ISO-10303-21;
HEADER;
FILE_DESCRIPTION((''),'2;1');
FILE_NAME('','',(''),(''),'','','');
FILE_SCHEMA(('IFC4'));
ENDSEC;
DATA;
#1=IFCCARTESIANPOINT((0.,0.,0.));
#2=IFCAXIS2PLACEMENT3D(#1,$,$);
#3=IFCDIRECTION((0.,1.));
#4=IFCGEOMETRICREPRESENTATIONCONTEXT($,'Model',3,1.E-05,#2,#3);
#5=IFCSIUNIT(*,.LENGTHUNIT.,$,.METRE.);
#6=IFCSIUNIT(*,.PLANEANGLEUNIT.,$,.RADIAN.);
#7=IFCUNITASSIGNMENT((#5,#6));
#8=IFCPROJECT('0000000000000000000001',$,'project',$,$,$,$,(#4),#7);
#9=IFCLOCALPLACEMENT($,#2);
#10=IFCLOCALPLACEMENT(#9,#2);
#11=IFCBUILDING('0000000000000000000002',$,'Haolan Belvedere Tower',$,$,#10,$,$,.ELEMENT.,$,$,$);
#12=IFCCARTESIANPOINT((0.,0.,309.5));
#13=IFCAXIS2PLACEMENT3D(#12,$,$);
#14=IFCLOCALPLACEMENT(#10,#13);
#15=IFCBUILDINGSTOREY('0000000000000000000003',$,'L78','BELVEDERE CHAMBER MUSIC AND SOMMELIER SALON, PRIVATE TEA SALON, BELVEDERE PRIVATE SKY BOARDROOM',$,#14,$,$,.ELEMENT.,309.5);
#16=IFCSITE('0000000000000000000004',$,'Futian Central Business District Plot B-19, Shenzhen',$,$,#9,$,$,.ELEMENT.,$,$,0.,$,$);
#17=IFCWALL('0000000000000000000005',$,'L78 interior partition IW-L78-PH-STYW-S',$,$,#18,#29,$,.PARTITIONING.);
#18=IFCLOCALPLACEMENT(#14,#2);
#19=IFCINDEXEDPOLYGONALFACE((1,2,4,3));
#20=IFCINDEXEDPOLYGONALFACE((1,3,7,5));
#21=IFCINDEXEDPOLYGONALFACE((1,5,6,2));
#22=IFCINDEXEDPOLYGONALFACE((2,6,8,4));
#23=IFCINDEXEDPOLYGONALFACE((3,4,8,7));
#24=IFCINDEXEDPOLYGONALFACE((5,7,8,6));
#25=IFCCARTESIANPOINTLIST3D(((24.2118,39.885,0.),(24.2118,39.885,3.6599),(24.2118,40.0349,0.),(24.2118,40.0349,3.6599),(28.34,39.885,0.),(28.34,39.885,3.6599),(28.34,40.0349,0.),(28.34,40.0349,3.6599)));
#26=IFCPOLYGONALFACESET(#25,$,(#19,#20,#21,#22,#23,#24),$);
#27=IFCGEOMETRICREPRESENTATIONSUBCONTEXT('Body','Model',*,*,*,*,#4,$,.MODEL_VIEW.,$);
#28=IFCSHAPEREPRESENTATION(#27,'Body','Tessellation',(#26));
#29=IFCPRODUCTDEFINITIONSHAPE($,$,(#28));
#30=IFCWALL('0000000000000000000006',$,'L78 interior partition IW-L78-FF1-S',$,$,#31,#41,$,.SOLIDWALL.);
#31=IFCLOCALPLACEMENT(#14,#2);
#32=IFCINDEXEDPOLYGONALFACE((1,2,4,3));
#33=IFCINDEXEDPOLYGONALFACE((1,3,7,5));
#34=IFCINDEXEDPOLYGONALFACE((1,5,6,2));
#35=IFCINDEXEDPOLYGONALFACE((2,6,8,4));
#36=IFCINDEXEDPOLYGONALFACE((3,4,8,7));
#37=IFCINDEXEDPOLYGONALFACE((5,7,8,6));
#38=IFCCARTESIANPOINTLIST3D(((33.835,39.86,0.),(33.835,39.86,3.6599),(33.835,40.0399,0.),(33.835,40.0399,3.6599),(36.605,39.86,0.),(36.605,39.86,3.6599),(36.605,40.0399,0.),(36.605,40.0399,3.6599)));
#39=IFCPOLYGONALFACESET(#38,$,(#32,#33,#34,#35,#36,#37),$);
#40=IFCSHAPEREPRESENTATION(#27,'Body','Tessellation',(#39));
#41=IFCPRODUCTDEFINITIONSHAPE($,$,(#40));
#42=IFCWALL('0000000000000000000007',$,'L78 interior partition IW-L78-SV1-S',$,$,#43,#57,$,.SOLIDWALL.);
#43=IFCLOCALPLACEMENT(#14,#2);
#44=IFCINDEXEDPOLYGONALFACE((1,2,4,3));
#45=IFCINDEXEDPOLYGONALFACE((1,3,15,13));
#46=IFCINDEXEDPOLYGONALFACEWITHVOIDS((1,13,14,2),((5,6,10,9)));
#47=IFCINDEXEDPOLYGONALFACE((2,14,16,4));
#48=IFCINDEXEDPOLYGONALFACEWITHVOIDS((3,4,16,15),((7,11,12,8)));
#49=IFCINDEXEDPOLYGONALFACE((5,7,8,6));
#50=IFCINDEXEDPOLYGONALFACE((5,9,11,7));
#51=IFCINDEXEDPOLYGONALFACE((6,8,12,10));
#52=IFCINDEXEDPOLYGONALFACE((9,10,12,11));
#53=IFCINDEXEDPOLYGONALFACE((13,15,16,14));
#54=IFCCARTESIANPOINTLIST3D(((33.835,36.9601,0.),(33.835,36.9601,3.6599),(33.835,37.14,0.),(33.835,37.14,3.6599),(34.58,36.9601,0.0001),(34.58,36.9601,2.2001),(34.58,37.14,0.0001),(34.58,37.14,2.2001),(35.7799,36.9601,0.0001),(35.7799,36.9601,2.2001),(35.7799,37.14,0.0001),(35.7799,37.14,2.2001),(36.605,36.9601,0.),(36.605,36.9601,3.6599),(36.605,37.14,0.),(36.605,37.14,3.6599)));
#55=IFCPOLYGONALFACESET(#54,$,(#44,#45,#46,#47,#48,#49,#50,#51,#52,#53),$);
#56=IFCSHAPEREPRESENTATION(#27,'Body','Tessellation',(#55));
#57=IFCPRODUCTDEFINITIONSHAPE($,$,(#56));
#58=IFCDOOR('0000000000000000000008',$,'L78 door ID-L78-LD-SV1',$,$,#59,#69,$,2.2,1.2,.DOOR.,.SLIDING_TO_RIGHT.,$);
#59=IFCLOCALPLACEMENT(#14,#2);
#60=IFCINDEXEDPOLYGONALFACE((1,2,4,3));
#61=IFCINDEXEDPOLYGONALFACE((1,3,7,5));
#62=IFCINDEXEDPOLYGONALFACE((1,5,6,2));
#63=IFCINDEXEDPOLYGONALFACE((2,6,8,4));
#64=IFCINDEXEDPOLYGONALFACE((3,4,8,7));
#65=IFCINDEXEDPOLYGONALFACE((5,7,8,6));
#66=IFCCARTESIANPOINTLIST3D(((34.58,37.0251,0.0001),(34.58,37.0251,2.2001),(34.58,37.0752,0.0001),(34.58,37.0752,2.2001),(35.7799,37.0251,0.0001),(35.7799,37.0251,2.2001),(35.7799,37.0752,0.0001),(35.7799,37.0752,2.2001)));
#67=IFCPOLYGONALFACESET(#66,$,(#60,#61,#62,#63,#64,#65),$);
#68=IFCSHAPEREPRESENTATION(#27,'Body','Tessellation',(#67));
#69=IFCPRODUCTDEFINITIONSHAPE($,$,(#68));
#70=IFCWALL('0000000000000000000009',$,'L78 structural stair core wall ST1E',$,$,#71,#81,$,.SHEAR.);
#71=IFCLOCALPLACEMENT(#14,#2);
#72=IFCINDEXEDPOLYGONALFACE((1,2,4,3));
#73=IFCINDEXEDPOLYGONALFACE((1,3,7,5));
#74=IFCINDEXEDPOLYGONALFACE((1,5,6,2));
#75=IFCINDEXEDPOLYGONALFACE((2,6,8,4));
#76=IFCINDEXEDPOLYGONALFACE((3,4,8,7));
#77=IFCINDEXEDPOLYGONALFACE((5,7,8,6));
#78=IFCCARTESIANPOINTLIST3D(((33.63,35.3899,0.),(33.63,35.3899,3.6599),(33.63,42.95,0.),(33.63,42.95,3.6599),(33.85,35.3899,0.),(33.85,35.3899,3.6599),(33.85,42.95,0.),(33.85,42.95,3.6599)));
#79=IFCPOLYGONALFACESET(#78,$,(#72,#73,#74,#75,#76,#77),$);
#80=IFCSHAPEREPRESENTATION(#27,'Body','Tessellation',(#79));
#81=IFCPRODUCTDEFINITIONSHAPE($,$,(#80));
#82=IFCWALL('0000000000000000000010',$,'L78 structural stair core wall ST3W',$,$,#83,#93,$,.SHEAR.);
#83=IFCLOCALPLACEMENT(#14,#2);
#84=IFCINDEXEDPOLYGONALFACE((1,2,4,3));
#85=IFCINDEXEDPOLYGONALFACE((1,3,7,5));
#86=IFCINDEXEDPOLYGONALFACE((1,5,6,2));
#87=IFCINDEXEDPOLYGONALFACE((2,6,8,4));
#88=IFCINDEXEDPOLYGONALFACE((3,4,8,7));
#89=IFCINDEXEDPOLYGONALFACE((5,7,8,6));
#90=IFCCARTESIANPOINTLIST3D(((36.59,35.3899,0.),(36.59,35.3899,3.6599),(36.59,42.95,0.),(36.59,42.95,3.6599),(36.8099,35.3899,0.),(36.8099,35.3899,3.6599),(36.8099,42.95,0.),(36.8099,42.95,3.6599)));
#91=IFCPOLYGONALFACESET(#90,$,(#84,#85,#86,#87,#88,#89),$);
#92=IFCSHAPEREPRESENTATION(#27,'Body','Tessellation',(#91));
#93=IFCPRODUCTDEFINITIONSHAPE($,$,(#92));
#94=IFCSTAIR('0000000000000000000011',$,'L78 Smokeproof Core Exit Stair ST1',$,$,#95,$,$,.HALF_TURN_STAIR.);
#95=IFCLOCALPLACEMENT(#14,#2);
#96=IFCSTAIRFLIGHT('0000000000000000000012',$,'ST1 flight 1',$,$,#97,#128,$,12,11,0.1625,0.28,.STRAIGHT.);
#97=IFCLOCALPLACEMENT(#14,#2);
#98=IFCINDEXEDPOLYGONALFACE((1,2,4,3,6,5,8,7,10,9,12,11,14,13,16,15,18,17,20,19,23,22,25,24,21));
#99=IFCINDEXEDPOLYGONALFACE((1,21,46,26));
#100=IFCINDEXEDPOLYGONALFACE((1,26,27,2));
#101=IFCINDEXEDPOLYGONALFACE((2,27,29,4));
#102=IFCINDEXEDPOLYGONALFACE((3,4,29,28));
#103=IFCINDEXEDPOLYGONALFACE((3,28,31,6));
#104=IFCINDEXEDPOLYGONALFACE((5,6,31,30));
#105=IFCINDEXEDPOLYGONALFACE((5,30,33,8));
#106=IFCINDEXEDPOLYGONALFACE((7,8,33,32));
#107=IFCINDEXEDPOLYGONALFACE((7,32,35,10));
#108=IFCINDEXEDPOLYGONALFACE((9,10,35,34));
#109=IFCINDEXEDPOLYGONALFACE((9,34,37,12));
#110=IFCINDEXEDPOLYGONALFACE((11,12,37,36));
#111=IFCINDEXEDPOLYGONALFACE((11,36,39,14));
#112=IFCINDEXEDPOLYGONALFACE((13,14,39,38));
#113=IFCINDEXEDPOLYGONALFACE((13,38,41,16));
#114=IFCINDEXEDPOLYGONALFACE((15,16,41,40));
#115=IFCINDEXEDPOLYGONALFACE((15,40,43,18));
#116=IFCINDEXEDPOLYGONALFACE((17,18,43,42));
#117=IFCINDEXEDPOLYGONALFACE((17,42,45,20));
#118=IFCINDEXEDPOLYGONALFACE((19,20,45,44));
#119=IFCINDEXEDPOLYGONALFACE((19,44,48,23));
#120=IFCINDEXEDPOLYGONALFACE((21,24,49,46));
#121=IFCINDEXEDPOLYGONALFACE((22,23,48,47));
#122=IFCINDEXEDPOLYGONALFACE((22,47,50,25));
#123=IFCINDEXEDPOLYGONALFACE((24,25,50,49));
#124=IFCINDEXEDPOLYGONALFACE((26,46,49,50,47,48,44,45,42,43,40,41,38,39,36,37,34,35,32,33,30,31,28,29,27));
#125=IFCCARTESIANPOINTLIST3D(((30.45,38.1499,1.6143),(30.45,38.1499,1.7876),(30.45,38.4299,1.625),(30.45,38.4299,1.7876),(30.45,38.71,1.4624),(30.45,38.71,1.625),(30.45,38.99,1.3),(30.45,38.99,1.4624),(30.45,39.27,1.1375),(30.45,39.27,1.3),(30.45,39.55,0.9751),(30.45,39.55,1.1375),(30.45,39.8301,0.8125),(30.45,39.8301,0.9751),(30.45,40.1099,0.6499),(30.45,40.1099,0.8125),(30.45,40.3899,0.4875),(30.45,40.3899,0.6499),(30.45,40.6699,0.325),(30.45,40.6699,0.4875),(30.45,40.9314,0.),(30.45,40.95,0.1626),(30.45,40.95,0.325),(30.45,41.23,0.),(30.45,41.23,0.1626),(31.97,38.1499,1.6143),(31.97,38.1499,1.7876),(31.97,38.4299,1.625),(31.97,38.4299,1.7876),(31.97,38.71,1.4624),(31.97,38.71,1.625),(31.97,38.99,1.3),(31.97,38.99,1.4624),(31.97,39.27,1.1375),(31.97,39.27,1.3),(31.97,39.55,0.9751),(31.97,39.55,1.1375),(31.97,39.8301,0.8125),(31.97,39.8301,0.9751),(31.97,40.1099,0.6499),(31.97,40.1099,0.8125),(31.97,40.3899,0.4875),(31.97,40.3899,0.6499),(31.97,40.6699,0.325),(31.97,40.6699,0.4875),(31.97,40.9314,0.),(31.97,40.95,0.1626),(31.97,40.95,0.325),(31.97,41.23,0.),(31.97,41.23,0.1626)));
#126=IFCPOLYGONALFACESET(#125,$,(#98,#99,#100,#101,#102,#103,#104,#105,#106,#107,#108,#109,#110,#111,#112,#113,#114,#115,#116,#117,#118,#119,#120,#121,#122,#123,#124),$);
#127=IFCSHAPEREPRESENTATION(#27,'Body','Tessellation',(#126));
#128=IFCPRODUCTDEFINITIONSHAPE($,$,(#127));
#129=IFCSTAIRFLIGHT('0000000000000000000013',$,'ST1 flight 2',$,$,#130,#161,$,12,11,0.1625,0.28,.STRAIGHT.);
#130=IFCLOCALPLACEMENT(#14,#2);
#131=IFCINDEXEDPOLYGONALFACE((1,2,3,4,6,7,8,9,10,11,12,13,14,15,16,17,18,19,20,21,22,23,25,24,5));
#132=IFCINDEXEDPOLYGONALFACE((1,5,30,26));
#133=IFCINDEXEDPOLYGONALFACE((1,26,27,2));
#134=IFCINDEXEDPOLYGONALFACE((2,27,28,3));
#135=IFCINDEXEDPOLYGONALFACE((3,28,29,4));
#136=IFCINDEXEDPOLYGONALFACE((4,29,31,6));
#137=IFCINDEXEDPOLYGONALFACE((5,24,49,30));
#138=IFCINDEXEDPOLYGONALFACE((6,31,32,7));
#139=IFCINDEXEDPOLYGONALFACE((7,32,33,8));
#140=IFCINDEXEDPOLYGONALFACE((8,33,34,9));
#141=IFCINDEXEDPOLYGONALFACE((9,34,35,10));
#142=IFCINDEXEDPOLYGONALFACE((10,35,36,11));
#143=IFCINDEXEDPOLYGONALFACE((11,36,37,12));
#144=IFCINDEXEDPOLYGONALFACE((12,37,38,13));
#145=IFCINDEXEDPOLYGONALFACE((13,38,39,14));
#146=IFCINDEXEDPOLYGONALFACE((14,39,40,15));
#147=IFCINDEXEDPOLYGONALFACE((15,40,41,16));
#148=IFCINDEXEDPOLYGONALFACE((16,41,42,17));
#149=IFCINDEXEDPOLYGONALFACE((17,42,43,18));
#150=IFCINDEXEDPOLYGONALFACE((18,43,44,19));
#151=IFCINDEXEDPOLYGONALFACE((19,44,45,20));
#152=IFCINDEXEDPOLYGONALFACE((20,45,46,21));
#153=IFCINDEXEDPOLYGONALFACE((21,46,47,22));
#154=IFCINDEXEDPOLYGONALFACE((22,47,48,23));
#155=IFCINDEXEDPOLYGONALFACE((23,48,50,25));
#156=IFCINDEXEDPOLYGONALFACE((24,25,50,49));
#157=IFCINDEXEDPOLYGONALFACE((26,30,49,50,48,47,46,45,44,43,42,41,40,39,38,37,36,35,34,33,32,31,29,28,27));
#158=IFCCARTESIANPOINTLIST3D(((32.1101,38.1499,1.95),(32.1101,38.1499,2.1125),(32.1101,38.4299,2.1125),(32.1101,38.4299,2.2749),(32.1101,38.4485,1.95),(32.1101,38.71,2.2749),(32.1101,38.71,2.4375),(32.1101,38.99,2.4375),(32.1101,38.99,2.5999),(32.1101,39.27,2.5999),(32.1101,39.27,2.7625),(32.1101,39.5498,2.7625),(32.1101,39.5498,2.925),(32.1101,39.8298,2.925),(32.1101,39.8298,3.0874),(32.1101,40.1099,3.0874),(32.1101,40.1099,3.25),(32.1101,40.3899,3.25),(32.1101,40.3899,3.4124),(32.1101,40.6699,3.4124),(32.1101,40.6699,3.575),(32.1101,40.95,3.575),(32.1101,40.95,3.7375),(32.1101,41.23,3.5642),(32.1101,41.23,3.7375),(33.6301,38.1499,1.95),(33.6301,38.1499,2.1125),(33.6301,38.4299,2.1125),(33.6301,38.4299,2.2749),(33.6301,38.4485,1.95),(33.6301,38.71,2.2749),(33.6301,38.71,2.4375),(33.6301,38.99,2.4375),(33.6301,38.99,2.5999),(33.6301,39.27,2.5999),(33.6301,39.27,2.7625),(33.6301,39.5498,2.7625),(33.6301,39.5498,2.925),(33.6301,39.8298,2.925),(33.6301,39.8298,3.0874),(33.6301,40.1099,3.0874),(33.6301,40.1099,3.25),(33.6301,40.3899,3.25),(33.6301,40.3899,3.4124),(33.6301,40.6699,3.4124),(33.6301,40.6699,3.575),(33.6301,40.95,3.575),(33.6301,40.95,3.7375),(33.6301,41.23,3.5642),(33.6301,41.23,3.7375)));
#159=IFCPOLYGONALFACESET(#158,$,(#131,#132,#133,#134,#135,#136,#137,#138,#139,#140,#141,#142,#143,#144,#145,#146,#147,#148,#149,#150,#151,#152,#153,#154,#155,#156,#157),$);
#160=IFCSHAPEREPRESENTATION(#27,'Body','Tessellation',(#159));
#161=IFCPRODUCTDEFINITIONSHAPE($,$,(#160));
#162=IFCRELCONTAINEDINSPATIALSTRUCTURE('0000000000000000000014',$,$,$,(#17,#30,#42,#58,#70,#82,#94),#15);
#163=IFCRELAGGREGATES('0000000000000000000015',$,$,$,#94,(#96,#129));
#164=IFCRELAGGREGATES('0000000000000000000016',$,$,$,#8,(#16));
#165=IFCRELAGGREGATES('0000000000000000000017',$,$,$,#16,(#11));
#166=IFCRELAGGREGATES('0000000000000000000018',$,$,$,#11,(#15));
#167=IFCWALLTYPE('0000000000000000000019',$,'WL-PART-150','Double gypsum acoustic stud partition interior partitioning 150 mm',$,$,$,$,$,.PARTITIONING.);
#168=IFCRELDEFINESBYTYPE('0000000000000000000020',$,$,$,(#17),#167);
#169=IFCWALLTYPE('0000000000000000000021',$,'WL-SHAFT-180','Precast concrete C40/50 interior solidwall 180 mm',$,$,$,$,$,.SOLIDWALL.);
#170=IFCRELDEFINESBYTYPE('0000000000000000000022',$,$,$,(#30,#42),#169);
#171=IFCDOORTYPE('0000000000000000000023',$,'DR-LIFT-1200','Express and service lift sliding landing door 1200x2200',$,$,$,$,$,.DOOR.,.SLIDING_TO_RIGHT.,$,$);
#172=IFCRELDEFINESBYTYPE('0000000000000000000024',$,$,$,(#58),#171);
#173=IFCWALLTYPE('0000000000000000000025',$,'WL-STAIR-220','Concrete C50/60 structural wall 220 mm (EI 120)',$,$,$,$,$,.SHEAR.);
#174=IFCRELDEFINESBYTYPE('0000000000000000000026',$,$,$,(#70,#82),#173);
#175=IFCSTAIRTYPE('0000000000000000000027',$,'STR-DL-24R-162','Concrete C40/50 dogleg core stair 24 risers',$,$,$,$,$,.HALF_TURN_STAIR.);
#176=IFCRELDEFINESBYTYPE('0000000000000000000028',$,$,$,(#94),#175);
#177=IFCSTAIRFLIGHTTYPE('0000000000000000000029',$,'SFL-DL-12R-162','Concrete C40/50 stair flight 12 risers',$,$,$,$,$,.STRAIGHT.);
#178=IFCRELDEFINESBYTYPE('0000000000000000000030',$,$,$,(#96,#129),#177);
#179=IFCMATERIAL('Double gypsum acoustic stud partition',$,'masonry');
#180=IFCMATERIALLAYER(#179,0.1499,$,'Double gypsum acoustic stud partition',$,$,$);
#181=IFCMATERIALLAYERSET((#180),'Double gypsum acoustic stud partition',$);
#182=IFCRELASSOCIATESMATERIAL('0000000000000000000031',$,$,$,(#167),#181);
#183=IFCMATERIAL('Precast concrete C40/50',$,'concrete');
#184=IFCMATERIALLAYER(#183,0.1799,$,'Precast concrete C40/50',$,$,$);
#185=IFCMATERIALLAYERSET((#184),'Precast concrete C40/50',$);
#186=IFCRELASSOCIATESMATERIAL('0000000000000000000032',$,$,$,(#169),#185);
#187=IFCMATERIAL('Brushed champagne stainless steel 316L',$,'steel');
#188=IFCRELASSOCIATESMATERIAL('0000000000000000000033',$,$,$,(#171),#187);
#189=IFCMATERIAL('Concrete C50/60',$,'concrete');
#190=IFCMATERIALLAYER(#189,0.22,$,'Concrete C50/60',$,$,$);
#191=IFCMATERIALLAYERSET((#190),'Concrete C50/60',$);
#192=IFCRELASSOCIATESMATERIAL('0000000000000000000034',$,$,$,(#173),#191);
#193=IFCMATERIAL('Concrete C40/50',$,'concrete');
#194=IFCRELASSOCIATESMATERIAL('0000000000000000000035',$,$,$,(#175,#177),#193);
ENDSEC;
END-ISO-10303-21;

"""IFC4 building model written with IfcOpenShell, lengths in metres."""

from ifc_helpers import new_model, si_unit, direction, frame, frame_2d, origin, place, context, subcontext, project, spatial, polyline, rectangle, outline, extrude, material, layer, layer_set, type_object, element, fill, aggregate, save


model = new_model("IFC4")

# Units and contexts
model_context = context("Model", 3, precision=1e-05, world=origin(), true_north=direction((0.0, 1.0)))
body_context = subcontext(model_context, "Body", "Model", "MODEL_VIEW")
ifc_project = project(units=[si_unit("LENGTHUNIT", "METRE"), si_unit("PLANEANGLEUNIT", "RADIAN")], contexts=[model_context])

# Site, building, storey
site_placement = place(None, origin())
site = spatial("IfcSite", under=ifc_project, at=site_placement, Name="Futian Central Business District Plot B-19, Shenzhen", CompositionType="ELEMENT", RefElevation=0.0)
building_placement = place(site_placement, origin())
building = spatial("IfcBuilding", under=site, at=building_placement, Name="Haolan Belvedere Tower", CompositionType="ELEMENT")
storey_placement = place(building_placement, frame((0.0, 0.0, 309.5)))
storey = spatial("IfcBuildingStorey", under=building, at=storey_placement, Name="L78", Description="BELVEDERE CHAMBER MUSIC AND SOMMELIER SALON, PRIVATE TEA SALON, BELVEDERE PRIVATE SKY BOARDROOM", CompositionType="ELEMENT", Elevation=309.5)

# Shared definitions
ifc_material_1 = material(Name="Concrete C50/60", Category="concrete")

# Shared definitions
ifc_material_2 = material(Name="Precast concrete C40/50", Category="concrete")

# Wall
ifc_material_3 = material(Name="Double gypsum acoustic stud partition", Category="masonry")
ifc_layer_1 = layer(ifc_material_3, 0.1499, Name="Double gypsum acoustic stud partition")
ifc_layer_set_1 = layer_set([ifc_layer_1], Name="Double gypsum acoustic stud partition")
wall_type_1 = type_object("IfcWallType", Name="WL-PART-150", Description="Double gypsum acoustic stud partition interior partitioning 150 mm", PredefinedType="PARTITIONING", material=ifc_layer_set_1)
for number, where, z_axis, x_axis, name in (
    (1, (24.2119, 39.96, 0.0), (0.0, 0.0, 1.0), (1.0, 0.0, 0.0), "L78 interior partition IW-L78-PH-STYW-S"),
):
    element("IfcWall", number, at=place(storey_placement, frame(where, z_axis=z_axis, x_axis=x_axis)), inside=storey, type_object=wall_type_1, Name=name, PredefinedType="PARTITIONING", context=body_context, shape_type="SweptSolid", body=[
        extrude(rectangle(XDim=4.1282, YDim=0.1499, at=frame_2d((2.064, 0.0))), origin(), (0.0, 0.0, 1.0), 3.6599),
    ])

# Wall
ifc_layer_2 = layer(ifc_material_2, 0.1799, Name="Precast concrete C40/50")
ifc_layer_set_2 = layer_set([ifc_layer_2], Name="Precast concrete C40/50")
wall_type_2 = type_object("IfcWallType", Name="WL-SHAFT-180", Description="Precast concrete C40/50 interior solidwall 180 mm", PredefinedType="SOLIDWALL", material=ifc_layer_set_2)
wall_1_placement = place(storey_placement, frame((33.835, 39.95, 0.0), z_axis=(0.0, 0.0, 1.0), x_axis=(1.0, 0.0, 0.0)))
element("IfcWall", 2, at=wall_1_placement, inside=storey, type_object=wall_type_2, Name="L78 interior partition IW-L78-FF1-S", PredefinedType="SOLIDWALL", context=body_context, shape_type="SweptSolid", body=[
    extrude(rectangle(XDim=2.77, YDim=0.1799, at=frame_2d((1.385, 0.0))), origin(), (0.0, 0.0, 1.0), 3.6599),
])

# Wall, opening, door
wall_2_placement = place(storey_placement, frame((33.835, 37.05, 0.0), z_axis=(0.0, 0.0, 1.0), x_axis=(1.0, 0.0, 0.0)))
wall_2 = element("IfcWall", 3, at=wall_2_placement, inside=storey, type_object=wall_type_2, Name="L78 interior partition IW-L78-SV1-S", PredefinedType="SOLIDWALL", context=body_context, shape_type="SweptSolid", body=[
    extrude(rectangle(XDim=2.77, YDim=0.1799, at=frame_2d((1.385, 0.0))), origin(), (0.0, 0.0, 1.0), 3.6599),
])
opening_1_placement = place(wall_2_placement, frame((1.9451, 0.0, 0.0), z_axis=(0.0, 0.0, 1.0), x_axis=(-1.0, 0.0, 0.0)))
opening_1 = element("IfcOpeningElement", 4, at=opening_1_placement, cuts=wall_2, PredefinedType="OPENING", context=body_context, shape_type="SweptSolid", body=[
    extrude(rectangle(XDim=1.2, YDim=2.2, at=frame_2d((0.6001, 1.1001))), frame((0.0, 0.0999, 0.0), z_axis=(0.0, -1.0, 0.0), x_axis=(1.0, 0.0, 0.0)), (0.0, 0.0, 1.0), 0.2),
])
ifc_material_4 = material(Name="Brushed champagne stainless steel 316L", Category="steel")
door_type_1 = type_object("IfcDoorType", Name="DR-LIFT-1200", Description="Express and service lift sliding landing door 1200x2200", OperationType="SLIDING_TO_RIGHT", PredefinedType="DOOR", material=ifc_material_4)
door_1_placement = place(opening_1_placement, origin())
door_1 = element("IfcDoor", 5, at=door_1_placement, inside=storey, type_object=door_type_1, Name="L78 door ID-L78-LD-SV1", OperationType="SLIDING_TO_RIGHT", OverallHeight=2.2, OverallWidth=1.2, PredefinedType="DOOR", context=body_context, shape_type="SweptSolid", body=[
    extrude(rectangle(XDim=1.2, YDim=2.2, at=frame_2d((0.6001, 1.1001))), frame((0.0, 0.0249, 0.0), z_axis=(0.0, -1.0, 0.0), x_axis=(1.0, 0.0, 0.0)), (0.0, 0.0, 1.0), 0.05),
])
fill(opening_1, door_1)

# Walls
ifc_layer_3 = layer(ifc_material_1, 0.22, Name="Concrete C50/60")
ifc_layer_set_3 = layer_set([ifc_layer_3], Name="Concrete C50/60")
wall_type_3 = type_object("IfcWallType", Name="WL-STAIR-220", Description="Concrete C50/60 structural wall 220 mm (EI 120)", PredefinedType="SHEAR", material=ifc_layer_set_3)
for number, where, z_axis, x_axis, name in (
    (6, (33.74, 35.3899, 0.0), (0.0, 0.0, 1.0), (0.0, 1.0, 0.0), "L78 structural stair core wall ST1E"),
    (7, (36.7, 35.3899, 0.0), (0.0, 0.0, 1.0), (0.0, 1.0, 0.0), "L78 structural stair core wall ST3W"),
):
    element("IfcWall", number, at=place(storey_placement, frame(where, z_axis=z_axis, x_axis=x_axis)), inside=storey, type_object=wall_type_3, Name=name, PredefinedType="SHEAR", context=body_context, shape_type="SweptSolid", body=[
        extrude(rectangle(XDim=7.5601, YDim=0.22, at=frame_2d((3.78, 0.0))), origin(), (0.0, 0.0, 1.0), 3.6599),
    ])

# Stair, stair flights
ifc_material_5 = material(Name="Concrete C40/50", Category="concrete")
stair_type = type_object("IfcStairType", Name="STR-DL-24R-162", Description="Concrete C40/50 dogleg core stair 24 risers", PredefinedType="HALF_TURN_STAIR", material=ifc_material_5)
stair_1_placement = place(storey_placement, origin())
stair_1 = element("IfcStair", 8, at=stair_1_placement, inside=storey, type_object=stair_type, Name="L78 Smokeproof Core Exit Stair ST1", PredefinedType="HALF_TURN_STAIR")
stair_flight_type = type_object("IfcStairFlightType", Name="SFL-DL-12R-162", Description="Concrete C40/50 stair flight 12 risers", PredefinedType="STRAIGHT", material=ifc_material_5)
stair_flight_1_placement = place(storey_placement, frame((31.21, 41.23, 0.0), z_axis=(0.0, 0.0, 1.0), x_axis=(0.0, -1.0, 0.0)))
stair_flight_1 = element("IfcStairFlight", 9, at=stair_flight_1_placement, type_object=stair_flight_type, Name="ST1 flight 1", NumberOfRisers=12, NumberOfTreads=11, PredefinedType="STRAIGHT", RiserHeight=0.1625, TreadLength=0.28, context=body_context, shape_type="SweptSolid", body=[
    extrude(outline(polyline([(0.0, 0.0), (0.0, 0.1626), (0.28, 0.1626), (0.28, 0.325), (0.5601, 0.325), (0.5601, 0.4875), (0.8401, 0.4875), (0.8401, 0.6499), (1.1201, 0.6499), (1.1201, 0.8125), (1.3999, 0.8125), (1.3999, 0.9751), (1.6799, 0.9751), (1.6799, 1.1375), (1.96, 1.1375), (1.96, 1.3), (2.24, 1.3), (2.24, 1.4624), (2.52, 1.4624), (2.52, 1.625), (2.8, 1.625), (2.8, 1.7876), (3.0801, 1.7876), (3.0801, 1.95), (3.0801, 1.6143), (0.2986, 0.0), (0.0, 0.0)])), frame((0.0, 0.76, 0.0), z_axis=(0.0, -1.0, 0.0), x_axis=(1.0, 0.0, 0.0)), (0.0, 0.0, 1.0), 1.52),
])
stair_flight_2_placement = place(storey_placement, frame((32.8701, 38.1499, 1.95), z_axis=(0.0, 0.0, 1.0), x_axis=(0.0, 1.0, 0.0)))
stair_flight_2 = element("IfcStairFlight", 10, at=stair_flight_2_placement, type_object=stair_flight_type, Name="ST1 flight 2", NumberOfRisers=12, NumberOfTreads=11, PredefinedType="STRAIGHT", RiserHeight=0.1625, TreadLength=0.28, context=body_context, shape_type="SweptSolid", body=[
    extrude(outline(polyline([(0.0, 0.0), (0.0, 0.1626), (0.28, 0.1626), (0.28, 0.325), (0.5601, 0.325), (0.5601, 0.4875), (0.8401, 0.4875), (0.8401, 0.6499), (1.1201, 0.6499), (1.1201, 0.8125), (1.3999, 0.8125), (1.3999, 0.9751), (1.6799, 0.9751), (1.6799, 1.1375), (1.96, 1.1375), (1.96, 1.3), (2.24, 1.3), (2.24, 1.4624), (2.52, 1.4624), (2.52, 1.625), (2.8, 1.625), (2.8, 1.7876), (3.0801, 1.7876), (3.0801, 1.95), (3.0801, 1.6143), (0.2986, 0.0), (0.0, 0.0)])), frame((0.0, 0.76, 0.0), z_axis=(0.0, -1.0, 0.0), x_axis=(1.0, 0.0, 0.0)), (0.0, 0.0, 1.0), 1.52),
])
aggregate(stair_1, [stair_flight_1, stair_flight_2])

save(model, "model.ifc")
